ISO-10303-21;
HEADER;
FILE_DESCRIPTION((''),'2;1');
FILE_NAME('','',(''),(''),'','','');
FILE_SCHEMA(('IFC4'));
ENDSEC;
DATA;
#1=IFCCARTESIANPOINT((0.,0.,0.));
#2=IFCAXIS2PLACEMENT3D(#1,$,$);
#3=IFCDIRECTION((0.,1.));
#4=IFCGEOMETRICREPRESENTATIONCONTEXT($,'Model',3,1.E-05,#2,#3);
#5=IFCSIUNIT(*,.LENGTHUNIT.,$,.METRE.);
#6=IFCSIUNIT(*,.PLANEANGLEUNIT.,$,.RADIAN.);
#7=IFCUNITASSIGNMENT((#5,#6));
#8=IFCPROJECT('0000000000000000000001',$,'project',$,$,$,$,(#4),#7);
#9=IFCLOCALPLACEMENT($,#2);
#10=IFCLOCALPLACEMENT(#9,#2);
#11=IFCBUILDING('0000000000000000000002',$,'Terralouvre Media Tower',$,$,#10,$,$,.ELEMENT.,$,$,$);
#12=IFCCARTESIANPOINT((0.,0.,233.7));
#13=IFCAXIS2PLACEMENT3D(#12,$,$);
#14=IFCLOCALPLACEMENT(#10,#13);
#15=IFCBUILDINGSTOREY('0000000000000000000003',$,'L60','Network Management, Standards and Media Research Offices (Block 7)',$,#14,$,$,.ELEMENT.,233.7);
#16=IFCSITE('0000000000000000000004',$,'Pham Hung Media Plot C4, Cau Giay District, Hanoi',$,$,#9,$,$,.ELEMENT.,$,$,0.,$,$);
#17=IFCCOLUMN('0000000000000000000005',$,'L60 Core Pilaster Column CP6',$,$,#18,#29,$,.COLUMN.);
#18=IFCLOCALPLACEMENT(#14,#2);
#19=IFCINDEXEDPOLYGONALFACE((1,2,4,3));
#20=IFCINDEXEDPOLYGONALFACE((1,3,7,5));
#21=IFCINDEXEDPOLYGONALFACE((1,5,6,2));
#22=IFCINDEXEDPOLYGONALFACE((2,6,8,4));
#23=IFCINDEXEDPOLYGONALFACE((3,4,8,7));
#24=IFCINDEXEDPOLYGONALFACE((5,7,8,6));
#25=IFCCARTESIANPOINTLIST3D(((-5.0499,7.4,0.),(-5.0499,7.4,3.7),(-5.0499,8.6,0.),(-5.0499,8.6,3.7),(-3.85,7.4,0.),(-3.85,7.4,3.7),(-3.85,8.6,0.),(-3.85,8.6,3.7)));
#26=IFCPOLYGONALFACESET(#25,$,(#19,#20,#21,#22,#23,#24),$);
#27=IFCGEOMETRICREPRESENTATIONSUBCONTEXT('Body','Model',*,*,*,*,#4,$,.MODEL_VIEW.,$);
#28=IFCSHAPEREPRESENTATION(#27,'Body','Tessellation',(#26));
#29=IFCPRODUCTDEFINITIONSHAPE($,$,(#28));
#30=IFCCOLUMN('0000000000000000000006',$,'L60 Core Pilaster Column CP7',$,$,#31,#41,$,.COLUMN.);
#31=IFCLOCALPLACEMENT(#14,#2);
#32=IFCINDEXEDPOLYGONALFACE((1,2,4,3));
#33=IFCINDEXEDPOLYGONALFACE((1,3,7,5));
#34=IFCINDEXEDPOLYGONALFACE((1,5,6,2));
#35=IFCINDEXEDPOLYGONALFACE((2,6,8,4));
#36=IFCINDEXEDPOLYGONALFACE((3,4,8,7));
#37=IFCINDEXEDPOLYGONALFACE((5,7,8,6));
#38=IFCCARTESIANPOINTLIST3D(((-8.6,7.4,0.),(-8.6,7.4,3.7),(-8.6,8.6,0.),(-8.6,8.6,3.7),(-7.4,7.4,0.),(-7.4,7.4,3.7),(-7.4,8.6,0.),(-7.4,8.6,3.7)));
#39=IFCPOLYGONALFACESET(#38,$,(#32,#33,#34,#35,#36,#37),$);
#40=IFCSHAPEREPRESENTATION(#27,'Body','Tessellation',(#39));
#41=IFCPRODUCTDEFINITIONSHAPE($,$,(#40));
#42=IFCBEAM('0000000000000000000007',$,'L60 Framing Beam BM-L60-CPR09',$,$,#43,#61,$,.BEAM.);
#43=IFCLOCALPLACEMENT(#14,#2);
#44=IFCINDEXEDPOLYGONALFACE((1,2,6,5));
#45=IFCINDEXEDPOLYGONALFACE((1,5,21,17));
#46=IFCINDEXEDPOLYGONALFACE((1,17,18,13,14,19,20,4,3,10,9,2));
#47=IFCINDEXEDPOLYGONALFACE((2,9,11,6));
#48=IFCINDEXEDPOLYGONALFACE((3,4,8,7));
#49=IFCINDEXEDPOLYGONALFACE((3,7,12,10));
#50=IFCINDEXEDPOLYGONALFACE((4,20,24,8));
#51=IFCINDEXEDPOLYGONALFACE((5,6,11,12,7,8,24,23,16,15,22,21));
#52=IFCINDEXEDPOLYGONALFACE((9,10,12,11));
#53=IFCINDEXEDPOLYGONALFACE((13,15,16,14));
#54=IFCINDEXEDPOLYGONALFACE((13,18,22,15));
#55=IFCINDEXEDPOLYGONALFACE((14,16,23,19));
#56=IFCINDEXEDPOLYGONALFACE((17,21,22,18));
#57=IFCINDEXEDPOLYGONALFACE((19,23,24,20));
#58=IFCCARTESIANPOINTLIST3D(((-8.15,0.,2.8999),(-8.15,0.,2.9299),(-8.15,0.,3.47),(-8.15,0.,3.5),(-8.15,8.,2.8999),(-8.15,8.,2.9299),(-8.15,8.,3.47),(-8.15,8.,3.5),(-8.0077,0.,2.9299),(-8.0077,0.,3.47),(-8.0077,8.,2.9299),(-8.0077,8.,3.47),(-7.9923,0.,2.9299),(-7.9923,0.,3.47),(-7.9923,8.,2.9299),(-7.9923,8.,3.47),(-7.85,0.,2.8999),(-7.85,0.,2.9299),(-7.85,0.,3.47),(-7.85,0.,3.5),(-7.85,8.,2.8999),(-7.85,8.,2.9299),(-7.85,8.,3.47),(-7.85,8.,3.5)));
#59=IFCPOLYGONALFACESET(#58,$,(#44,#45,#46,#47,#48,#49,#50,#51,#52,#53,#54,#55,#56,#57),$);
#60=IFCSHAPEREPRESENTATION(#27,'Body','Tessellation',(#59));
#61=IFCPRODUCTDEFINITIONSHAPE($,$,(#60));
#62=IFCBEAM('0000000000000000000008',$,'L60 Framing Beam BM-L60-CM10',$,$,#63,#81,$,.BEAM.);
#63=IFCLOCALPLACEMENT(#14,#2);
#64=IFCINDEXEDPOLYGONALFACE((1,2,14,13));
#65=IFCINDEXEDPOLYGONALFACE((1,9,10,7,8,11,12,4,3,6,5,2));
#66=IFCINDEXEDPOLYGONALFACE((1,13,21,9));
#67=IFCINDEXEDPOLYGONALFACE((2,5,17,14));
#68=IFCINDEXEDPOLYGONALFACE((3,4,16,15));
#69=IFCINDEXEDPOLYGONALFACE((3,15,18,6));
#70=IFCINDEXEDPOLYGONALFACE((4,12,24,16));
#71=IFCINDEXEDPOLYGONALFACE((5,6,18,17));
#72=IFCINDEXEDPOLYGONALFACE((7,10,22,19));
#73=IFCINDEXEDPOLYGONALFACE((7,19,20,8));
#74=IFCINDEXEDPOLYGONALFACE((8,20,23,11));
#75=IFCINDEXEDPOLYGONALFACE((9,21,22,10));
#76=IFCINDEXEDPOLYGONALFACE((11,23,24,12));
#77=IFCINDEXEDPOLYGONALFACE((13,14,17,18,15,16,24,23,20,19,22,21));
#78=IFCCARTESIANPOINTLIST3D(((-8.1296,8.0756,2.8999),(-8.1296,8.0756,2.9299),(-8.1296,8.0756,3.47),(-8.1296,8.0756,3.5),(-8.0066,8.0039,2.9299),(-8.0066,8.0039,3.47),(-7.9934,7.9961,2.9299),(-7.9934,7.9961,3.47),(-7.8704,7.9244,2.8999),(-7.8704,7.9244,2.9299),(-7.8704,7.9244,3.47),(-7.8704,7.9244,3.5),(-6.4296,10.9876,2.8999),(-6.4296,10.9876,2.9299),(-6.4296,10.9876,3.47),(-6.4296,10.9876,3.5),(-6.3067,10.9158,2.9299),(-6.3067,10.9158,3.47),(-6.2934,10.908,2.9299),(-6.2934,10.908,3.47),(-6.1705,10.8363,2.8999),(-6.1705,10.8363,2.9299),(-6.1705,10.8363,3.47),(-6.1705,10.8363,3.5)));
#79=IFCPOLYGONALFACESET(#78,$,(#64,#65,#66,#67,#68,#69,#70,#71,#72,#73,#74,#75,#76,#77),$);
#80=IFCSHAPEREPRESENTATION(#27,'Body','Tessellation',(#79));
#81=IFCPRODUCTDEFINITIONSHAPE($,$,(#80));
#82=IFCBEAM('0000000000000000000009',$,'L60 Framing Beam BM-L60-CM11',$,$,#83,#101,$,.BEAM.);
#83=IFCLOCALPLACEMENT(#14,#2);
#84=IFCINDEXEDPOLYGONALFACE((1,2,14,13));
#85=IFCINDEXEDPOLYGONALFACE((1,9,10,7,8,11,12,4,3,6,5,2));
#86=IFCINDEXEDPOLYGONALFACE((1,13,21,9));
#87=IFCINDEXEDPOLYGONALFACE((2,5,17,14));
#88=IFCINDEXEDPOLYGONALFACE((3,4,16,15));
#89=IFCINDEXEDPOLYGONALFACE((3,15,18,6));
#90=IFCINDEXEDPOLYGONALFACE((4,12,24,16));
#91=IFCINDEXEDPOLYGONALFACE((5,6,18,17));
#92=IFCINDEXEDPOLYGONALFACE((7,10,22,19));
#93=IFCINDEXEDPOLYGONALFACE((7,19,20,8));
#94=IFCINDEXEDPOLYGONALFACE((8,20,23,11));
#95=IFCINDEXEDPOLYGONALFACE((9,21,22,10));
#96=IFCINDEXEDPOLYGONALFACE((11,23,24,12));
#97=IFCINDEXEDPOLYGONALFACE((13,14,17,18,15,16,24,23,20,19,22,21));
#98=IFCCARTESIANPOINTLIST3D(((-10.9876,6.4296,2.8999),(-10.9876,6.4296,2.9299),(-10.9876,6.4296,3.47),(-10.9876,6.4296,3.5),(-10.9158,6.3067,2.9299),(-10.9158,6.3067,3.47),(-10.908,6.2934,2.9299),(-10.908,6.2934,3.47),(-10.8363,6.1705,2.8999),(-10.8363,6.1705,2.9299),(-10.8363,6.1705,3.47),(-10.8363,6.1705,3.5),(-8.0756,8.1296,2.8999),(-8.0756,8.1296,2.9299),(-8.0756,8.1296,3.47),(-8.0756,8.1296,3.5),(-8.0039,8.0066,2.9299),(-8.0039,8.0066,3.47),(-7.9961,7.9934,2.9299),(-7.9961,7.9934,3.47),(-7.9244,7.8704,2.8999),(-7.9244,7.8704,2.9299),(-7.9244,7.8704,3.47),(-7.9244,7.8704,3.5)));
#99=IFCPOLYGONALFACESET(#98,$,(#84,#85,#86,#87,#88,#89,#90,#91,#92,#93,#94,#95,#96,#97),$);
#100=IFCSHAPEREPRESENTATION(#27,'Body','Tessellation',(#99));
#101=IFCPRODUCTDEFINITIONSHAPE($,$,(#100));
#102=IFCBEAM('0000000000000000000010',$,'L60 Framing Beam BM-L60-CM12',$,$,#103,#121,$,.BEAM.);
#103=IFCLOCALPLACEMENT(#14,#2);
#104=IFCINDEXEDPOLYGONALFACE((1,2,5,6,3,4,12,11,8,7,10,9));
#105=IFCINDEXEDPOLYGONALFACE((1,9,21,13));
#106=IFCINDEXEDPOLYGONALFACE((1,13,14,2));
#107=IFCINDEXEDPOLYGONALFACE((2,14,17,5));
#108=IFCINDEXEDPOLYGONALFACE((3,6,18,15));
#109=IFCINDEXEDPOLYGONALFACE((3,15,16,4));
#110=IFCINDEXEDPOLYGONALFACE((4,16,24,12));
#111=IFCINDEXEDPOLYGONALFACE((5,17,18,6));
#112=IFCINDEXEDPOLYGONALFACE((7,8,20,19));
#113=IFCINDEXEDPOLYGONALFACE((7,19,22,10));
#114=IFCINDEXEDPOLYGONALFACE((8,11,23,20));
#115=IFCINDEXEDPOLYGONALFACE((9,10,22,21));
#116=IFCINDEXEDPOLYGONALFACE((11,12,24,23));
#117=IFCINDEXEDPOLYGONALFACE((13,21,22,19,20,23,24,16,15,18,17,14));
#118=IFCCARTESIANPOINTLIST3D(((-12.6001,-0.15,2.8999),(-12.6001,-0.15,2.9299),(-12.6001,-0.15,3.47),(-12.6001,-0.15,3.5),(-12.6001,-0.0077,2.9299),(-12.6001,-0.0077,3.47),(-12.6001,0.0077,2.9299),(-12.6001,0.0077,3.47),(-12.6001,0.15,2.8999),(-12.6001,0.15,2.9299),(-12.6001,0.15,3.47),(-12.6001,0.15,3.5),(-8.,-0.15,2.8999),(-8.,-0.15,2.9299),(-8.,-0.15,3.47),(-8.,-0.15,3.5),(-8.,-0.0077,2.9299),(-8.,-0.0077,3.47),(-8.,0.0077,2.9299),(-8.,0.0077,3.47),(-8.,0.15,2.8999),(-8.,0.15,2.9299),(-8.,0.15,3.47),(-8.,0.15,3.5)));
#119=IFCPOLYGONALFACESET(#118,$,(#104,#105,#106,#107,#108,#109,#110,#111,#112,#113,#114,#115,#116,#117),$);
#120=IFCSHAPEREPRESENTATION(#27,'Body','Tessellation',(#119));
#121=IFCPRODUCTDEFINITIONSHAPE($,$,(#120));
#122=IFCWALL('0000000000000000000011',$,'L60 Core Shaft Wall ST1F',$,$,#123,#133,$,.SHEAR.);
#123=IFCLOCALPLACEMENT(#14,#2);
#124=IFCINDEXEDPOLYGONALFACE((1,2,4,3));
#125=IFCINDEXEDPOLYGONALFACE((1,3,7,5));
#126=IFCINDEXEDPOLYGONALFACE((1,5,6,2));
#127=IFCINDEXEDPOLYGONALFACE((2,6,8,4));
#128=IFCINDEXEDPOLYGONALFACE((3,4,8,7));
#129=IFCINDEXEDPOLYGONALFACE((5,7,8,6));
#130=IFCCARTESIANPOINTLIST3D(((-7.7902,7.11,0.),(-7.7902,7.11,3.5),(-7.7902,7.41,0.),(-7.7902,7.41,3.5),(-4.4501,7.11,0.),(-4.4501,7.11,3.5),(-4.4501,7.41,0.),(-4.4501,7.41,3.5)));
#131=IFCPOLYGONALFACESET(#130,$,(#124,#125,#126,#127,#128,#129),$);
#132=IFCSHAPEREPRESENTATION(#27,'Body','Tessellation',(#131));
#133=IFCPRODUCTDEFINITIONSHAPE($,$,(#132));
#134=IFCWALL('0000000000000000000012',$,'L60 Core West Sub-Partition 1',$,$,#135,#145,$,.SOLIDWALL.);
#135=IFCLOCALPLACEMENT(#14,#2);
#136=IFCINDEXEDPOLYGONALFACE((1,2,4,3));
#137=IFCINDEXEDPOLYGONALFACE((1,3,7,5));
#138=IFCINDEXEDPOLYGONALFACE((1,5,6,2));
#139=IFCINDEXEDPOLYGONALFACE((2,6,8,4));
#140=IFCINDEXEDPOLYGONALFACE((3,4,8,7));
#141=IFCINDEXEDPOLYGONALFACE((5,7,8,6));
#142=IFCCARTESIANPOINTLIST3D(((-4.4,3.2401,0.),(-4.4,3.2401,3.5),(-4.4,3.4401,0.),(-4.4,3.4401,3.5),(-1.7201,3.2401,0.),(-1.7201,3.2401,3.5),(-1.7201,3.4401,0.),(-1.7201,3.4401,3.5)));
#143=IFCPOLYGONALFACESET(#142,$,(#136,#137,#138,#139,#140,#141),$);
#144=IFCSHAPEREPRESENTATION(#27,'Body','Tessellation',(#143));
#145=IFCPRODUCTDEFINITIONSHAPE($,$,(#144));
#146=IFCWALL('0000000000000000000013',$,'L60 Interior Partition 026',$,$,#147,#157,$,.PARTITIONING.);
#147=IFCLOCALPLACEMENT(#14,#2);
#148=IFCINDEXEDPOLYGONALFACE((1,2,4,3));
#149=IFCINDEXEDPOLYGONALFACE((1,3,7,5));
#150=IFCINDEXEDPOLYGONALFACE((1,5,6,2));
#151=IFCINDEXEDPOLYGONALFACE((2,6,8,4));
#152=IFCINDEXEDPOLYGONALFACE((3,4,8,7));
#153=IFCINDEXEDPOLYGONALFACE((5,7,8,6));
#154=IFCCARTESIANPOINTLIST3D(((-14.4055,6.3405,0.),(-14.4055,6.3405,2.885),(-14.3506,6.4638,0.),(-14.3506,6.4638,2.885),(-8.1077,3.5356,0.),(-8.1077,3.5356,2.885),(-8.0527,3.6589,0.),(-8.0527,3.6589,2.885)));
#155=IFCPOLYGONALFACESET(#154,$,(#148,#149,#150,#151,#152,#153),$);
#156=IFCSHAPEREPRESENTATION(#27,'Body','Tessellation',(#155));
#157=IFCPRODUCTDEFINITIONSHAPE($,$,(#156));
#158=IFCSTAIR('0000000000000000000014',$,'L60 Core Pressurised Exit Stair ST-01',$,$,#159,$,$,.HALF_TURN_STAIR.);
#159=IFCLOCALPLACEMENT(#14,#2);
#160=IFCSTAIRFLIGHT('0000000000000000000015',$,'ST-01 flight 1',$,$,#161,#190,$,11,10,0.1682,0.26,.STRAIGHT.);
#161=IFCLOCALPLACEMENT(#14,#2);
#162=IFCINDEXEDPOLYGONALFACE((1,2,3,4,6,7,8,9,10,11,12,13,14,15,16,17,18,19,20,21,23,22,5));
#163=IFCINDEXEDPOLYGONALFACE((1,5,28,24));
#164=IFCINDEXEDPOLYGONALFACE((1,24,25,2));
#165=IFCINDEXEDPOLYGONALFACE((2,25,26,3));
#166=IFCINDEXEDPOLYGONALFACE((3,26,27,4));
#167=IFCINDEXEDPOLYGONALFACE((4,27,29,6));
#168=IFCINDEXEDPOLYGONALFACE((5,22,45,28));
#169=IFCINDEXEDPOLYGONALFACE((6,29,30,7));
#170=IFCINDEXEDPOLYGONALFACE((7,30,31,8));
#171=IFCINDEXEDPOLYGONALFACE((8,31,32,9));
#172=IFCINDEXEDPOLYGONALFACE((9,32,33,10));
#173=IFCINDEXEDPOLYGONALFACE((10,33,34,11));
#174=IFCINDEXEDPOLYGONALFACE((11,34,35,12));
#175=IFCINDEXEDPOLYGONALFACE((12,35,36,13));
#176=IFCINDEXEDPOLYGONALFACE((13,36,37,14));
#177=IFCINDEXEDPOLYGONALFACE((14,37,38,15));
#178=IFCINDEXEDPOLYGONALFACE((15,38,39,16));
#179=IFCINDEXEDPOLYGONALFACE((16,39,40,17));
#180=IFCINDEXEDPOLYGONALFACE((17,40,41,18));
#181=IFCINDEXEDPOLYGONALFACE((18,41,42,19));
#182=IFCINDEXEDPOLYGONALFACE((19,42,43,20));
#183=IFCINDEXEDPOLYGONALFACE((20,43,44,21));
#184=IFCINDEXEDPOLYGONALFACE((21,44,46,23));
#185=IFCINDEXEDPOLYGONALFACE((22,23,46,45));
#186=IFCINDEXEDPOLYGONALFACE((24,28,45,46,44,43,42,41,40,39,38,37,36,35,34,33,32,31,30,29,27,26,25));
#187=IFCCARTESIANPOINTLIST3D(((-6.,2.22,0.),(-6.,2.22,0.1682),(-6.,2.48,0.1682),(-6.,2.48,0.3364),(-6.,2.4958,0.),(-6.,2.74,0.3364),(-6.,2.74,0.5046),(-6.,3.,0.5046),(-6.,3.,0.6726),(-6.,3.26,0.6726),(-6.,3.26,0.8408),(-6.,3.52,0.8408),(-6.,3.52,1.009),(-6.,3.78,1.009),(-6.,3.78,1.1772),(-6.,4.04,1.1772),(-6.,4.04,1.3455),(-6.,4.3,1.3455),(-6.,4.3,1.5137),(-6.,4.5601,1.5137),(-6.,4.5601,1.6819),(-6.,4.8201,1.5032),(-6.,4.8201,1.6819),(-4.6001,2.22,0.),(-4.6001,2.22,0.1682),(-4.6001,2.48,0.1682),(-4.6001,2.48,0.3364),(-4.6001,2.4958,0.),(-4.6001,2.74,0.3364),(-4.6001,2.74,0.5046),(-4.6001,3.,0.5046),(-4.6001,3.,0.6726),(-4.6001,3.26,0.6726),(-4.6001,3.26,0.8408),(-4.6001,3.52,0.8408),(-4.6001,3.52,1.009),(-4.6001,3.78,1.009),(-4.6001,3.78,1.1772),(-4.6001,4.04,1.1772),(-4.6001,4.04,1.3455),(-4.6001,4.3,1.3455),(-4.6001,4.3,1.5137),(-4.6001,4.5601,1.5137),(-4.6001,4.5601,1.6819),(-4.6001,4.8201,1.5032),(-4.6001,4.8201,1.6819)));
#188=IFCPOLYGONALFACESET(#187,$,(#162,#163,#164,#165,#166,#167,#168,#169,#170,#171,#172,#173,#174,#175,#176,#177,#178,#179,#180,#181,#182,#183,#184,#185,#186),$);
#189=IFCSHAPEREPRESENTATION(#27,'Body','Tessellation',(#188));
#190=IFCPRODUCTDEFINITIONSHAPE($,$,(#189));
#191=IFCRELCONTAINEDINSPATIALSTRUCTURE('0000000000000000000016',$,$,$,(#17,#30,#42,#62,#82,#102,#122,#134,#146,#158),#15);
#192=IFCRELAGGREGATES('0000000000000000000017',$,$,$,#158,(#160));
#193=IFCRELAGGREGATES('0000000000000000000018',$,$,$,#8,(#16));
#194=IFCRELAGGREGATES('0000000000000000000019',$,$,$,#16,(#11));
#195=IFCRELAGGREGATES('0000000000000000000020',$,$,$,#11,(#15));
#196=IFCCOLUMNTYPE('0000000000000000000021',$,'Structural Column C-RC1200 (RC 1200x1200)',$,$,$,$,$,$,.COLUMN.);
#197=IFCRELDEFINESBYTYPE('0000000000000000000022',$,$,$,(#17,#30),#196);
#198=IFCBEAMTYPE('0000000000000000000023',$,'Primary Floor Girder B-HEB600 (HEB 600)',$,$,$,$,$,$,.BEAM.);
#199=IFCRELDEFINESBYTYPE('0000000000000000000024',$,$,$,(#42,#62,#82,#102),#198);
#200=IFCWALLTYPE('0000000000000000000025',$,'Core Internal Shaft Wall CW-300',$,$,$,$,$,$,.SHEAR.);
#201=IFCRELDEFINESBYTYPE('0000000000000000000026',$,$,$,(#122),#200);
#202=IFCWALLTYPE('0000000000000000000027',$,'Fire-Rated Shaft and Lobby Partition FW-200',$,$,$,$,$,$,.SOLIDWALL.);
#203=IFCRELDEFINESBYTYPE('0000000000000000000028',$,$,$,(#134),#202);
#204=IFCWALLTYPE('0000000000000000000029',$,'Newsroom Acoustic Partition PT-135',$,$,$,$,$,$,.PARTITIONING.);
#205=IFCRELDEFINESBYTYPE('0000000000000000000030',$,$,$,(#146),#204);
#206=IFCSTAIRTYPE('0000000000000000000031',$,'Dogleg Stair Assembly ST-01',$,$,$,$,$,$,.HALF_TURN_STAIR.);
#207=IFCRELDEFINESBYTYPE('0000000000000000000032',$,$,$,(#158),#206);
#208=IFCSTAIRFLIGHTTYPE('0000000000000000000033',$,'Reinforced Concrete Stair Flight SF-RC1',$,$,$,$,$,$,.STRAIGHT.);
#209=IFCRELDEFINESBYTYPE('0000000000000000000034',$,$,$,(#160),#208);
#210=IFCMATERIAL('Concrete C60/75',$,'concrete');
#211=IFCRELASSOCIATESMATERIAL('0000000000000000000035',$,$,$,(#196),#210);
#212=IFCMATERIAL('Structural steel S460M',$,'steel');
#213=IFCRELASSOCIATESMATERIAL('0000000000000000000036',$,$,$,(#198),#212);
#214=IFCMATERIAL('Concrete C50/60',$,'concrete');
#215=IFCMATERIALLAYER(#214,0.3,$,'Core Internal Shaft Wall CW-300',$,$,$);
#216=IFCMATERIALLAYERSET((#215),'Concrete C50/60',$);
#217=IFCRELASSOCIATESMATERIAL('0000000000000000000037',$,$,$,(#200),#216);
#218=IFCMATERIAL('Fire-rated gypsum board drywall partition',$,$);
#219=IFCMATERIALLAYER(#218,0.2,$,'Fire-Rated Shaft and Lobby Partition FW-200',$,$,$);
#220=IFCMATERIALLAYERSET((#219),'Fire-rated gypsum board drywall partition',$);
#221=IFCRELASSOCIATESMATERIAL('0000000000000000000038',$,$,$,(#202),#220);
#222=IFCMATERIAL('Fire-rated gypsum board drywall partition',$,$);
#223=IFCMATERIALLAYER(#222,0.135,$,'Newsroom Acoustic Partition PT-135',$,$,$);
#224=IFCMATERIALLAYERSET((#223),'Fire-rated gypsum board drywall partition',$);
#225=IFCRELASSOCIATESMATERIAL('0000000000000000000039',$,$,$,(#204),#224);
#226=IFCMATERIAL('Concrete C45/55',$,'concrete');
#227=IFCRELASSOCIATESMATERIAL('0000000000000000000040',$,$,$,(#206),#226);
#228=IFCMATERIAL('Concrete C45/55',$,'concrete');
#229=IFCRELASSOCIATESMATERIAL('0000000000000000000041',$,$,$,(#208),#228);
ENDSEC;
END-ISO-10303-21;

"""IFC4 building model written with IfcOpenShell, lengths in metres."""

from ifc_helpers import new_model, si_unit, direction, frame, frame_2d, origin, origin_2d, place, context, subcontext, project, spatial, polyline, rectangle, i_section, outline, extrude, material, layer, layer_set, material_profile, profile_set, type_object, element, aggregate, save


model = new_model("IFC4")

# Units and contexts
model_context = context("Model", 3, precision=1e-05, world=origin(), true_north=direction((0.0, 1.0)))
body_context = subcontext(model_context, "Body", "Model", "MODEL_VIEW")
ifc_project = project(units=[si_unit("LENGTHUNIT", "METRE"), si_unit("PLANEANGLEUNIT", "RADIAN")], contexts=[model_context])

# Site, building, storey
site_placement = place(None, origin())
site = spatial("IfcSite", under=ifc_project, at=site_placement, Name="Pham Hung Media Plot C4, Cau Giay District, Hanoi", CompositionType="ELEMENT", RefElevation=0.0)
building_placement = place(site_placement, origin())
building = spatial("IfcBuilding", under=site, at=building_placement, Name="Terralouvre Media Tower", CompositionType="ELEMENT")
storey_placement = place(building_placement, frame((0.0, 0.0, 233.7)))
storey = spatial("IfcBuildingStorey", under=building, at=storey_placement, Name="L60", Description="Network Management, Standards and Media Research Offices (Block 7)", CompositionType="ELEMENT", Elevation=233.7)

# Columns
ifc_material_1 = material(Name="Concrete C60/75", Category="concrete")
ifc_material_profile_1 = material_profile(ifc_material_1, rectangle(XDim=1.2, YDim=1.2, at=origin_2d()), Name="RC 1200x1200")
ifc_profile_set_1 = profile_set([ifc_material_profile_1], Name="Concrete C60/75")
column_type = type_object("IfcColumnType", Name="Structural Column C-RC1200 (RC 1200x1200)", PredefinedType="COLUMN", material=ifc_profile_set_1)
for number, where, z_axis, x_axis, name in (
    (1, (-4.45, 8.0, 0.0), (0.0, 0.0, 1.0), (1.0, 0.0, 0.0), "L60 Core Pilaster Column CP6"),
    (2, (-8.0, 8.0, 0.0), (0.0, 0.0, 1.0), (1.0, 0.0, 0.0), "L60 Core Pilaster Column CP7"),
):
    element("IfcColumn", number, at=place(storey_placement, frame(where, z_axis=z_axis, x_axis=x_axis)), inside=storey, type_object=column_type, Name=name, PredefinedType="COLUMN", context=body_context, shape_type="SweptSolid", body=[
        extrude(rectangle(XDim=1.2, YDim=1.2, at=origin_2d()), origin(), (0.0, 0.0, 1.0), 3.7),
    ])

# Beams
ifc_material_2 = material(Name="Structural steel S460M", Category="steel")
ifc_material_profile_2 = material_profile(ifc_material_2, i_section(OverallWidth=0.3, OverallDepth=0.6001, WebThickness=0.0154, FlangeThickness=0.03, at=origin_2d()), Name="HEB 600")
ifc_profile_set_2 = profile_set([ifc_material_profile_2], Name="Structural steel S460M")
beam_type = type_object("IfcBeamType", Name="Primary Floor Girder B-HEB600 (HEB 600)", PredefinedType="BEAM", material=ifc_profile_set_2)
beam_1_placement = place(storey_placement, frame((-8.0, 8.0, 3.2), z_axis=(0.0, -1.0, 0.0), x_axis=(1.0, 0.0, 0.0)))
element("IfcBeam", 3, at=beam_1_placement, inside=storey, type_object=beam_type, Name="L60 Framing Beam BM-L60-CPR09", PredefinedType="BEAM", context=body_context, shape_type="SweptSolid", body=[
    extrude(i_section(OverallWidth=0.3, OverallDepth=0.6001, WebThickness=0.0154, FlangeThickness=0.03, at=origin_2d()), origin(), (0.0, 0.0, 1.0), 8.0),
])
for number, where, z_axis, x_axis, name in (
    (4, (-8.0, 8.0, 3.2), (0.504173, 0.863603, 0.0), (-0.863603, 0.504173, 0.0), "L60 Framing Beam BM-L60-CM10"),
    (5, (-8.0, 8.0, 3.2), (-0.863603, -0.504173, 0.0), (0.504173, -0.863603, 0.0), "L60 Framing Beam BM-L60-CM11"),
):
    element("IfcBeam", number, at=place(storey_placement, frame(where, z_axis=z_axis, x_axis=x_axis)), inside=storey, type_object=beam_type, Name=name, PredefinedType="BEAM", context=body_context, shape_type="SweptSolid", body=[
        extrude(i_section(OverallWidth=0.3, OverallDepth=0.6001, WebThickness=0.0154, FlangeThickness=0.03, at=origin_2d()), origin(), (0.0, 0.0, 1.0), 3.3718),
    ])
beam_2_placement = place(storey_placement, frame((-8.0, 0.0, 3.2), z_axis=(-1.0, 0.0, 0.0), x_axis=(0.0, -1.0, 0.0)))
element("IfcBeam", 6, at=beam_2_placement, inside=storey, type_object=beam_type, Name="L60 Framing Beam BM-L60-CM12", PredefinedType="BEAM", context=body_context, shape_type="SweptSolid", body=[
    extrude(i_section(OverallWidth=0.3, OverallDepth=0.6001, WebThickness=0.0154, FlangeThickness=0.03, at=origin_2d()), origin(), (0.0, 0.0, 1.0), 4.6001),
])

# Shared definitions
ifc_material_3 = material(Name="Concrete C50/60", Category="concrete")
ifc_layer_1 = layer(ifc_material_3, 0.3, Name="Core Internal Shaft Wall CW-300")
ifc_layer_set_1 = layer_set([ifc_layer_1], Name="Concrete C50/60")
wall_type_1 = type_object("IfcWallType", Name="Core Internal Shaft Wall CW-300", PredefinedType="SHEAR", material=ifc_layer_set_1)

# Wall
wall_1_placement = place(storey_placement, frame((-7.79, 7.26, 0.0), z_axis=(0.0, 0.0, 1.0), x_axis=(1.0, 0.0, 0.0)))
element("IfcWall", 7, at=wall_1_placement, inside=storey, type_object=wall_type_1, Name="L60 Core Shaft Wall ST1F", PredefinedType="SHEAR", context=body_context, shape_type="SweptSolid", body=[
    extrude(rectangle(XDim=3.3401, YDim=0.3, at=frame_2d((1.6699, 0.0))), origin(), (0.0, 0.0, 1.0), 3.5),
])

# Walls
ifc_material_4 = material(Name="Fire-rated gypsum board drywall partition")
ifc_layer_2 = layer(ifc_material_4, 0.2, Name="Fire-Rated Shaft and Lobby Partition FW-200")
ifc_layer_set_2 = layer_set([ifc_layer_2], Name="Fire-rated gypsum board drywall partition")
wall_type_2 = type_object("IfcWallType", Name="Fire-Rated Shaft and Lobby Partition FW-200", PredefinedType="SOLIDWALL", material=ifc_layer_set_2)
wall_2_placement = place(storey_placement, frame((-4.3999, 3.3401, 0.0), z_axis=(0.0, 0.0, 1.0), x_axis=(1.0, 0.0, 0.0)))
element("IfcWall", 8, at=wall_2_placement, inside=storey, type_object=wall_type_2, Name="L60 Core West Sub-Partition 1", PredefinedType="SOLIDWALL", context=body_context, shape_type="SweptSolid", body=[
    extrude(rectangle(XDim=2.6799, YDim=0.2, at=frame_2d((1.3398, 0.0))), origin(), (0.0, 0.0, 1.0), 3.5),
])
ifc_material_5 = material(Name="Fire-rated gypsum board drywall partition")
ifc_layer_3 = layer(ifc_material_5, 0.135, Name="Newsroom Acoustic Partition PT-135")
ifc_layer_set_3 = layer_set([ifc_layer_3], Name="Fire-rated gypsum board drywall partition")
wall_type_3 = type_object("IfcWallType", Name="Newsroom Acoustic Partition PT-135", PredefinedType="PARTITIONING", material=ifc_layer_set_3)
wall_3_placement = place(storey_placement, frame((-8.0801, 3.5972, 0.0), z_axis=(0.0, 0.0, 1.0), x_axis=(-0.913494, 0.406851, 0.0)))
element("IfcWall", 9, at=wall_3_placement, inside=storey, type_object=wall_type_3, Name="L60 Interior Partition 026", PredefinedType="PARTITIONING", context=body_context, shape_type="SweptSolid", body=[
    extrude(rectangle(XDim=6.8943, YDim=0.135, at=frame_2d((3.4473, 0.0))), origin(), (0.0, 0.0, 1.0), 2.885),
])

# Stair, stair flight
ifc_material_6 = material(Name="Concrete C45/55", Category="concrete")
stair_type = type_object("IfcStairType", Name="Dogleg Stair Assembly ST-01", PredefinedType="HALF_TURN_STAIR", material=ifc_material_6)
stair_placement = place(storey_placement, origin())
stair = element("IfcStair", 10, at=stair_placement, inside=storey, type_object=stair_type, Name="L60 Core Pressurised Exit Stair ST-01", PredefinedType="HALF_TURN_STAIR")
ifc_material_7 = material(Name="Concrete C45/55", Category="concrete")
stair_flight_type = type_object("IfcStairFlightType", Name="Reinforced Concrete Stair Flight SF-RC1", PredefinedType="STRAIGHT", material=ifc_material_7)
stair_flight_1_placement = place(storey_placement, frame((-5.3, 2.22, 0.0), z_axis=(0.0, 0.0, 1.0), x_axis=(0.0, 1.0, 0.0)))
stair_flight_1 = element("IfcStairFlight", 11, at=stair_flight_1_placement, type_object=stair_flight_type, Name="ST-01 flight 1", NumberOfRisers=11, NumberOfTreads=10, PredefinedType="STRAIGHT", RiserHeight=0.1682, TreadLength=0.26, context=body_context, shape_type="SweptSolid", body=[
    extrude(outline(polyline([(0.0, 0.0), (0.0, 0.1682), (0.26, 0.1682), (0.26, 0.3364), (0.52, 0.3364), (0.52, 0.5046), (0.78, 0.5046), (0.78, 0.6726), (1.04, 0.6726), (1.04, 0.8408), (1.3, 0.8408), (1.3, 1.009), (1.5601, 1.009), (1.5601, 1.1772), (1.8201, 1.1772), (1.8201, 1.3455), (2.0801, 1.3455), (2.0801, 1.5137), (2.3401, 1.5137), (2.3401, 1.6819), (2.6001, 1.6819), (2.6001, 1.8501), (2.6001, 1.5032), (0.2759, 0.0), (0.0, 0.0)])), frame((0.0, 0.7, 0.0), z_axis=(0.0, -1.0, 0.0), x_axis=(1.0, 0.0, 0.0)), (0.0, 0.0, 1.0), 1.3999),
])
aggregate(stair, [stair_flight_1])

save(model, "model.ifc")
